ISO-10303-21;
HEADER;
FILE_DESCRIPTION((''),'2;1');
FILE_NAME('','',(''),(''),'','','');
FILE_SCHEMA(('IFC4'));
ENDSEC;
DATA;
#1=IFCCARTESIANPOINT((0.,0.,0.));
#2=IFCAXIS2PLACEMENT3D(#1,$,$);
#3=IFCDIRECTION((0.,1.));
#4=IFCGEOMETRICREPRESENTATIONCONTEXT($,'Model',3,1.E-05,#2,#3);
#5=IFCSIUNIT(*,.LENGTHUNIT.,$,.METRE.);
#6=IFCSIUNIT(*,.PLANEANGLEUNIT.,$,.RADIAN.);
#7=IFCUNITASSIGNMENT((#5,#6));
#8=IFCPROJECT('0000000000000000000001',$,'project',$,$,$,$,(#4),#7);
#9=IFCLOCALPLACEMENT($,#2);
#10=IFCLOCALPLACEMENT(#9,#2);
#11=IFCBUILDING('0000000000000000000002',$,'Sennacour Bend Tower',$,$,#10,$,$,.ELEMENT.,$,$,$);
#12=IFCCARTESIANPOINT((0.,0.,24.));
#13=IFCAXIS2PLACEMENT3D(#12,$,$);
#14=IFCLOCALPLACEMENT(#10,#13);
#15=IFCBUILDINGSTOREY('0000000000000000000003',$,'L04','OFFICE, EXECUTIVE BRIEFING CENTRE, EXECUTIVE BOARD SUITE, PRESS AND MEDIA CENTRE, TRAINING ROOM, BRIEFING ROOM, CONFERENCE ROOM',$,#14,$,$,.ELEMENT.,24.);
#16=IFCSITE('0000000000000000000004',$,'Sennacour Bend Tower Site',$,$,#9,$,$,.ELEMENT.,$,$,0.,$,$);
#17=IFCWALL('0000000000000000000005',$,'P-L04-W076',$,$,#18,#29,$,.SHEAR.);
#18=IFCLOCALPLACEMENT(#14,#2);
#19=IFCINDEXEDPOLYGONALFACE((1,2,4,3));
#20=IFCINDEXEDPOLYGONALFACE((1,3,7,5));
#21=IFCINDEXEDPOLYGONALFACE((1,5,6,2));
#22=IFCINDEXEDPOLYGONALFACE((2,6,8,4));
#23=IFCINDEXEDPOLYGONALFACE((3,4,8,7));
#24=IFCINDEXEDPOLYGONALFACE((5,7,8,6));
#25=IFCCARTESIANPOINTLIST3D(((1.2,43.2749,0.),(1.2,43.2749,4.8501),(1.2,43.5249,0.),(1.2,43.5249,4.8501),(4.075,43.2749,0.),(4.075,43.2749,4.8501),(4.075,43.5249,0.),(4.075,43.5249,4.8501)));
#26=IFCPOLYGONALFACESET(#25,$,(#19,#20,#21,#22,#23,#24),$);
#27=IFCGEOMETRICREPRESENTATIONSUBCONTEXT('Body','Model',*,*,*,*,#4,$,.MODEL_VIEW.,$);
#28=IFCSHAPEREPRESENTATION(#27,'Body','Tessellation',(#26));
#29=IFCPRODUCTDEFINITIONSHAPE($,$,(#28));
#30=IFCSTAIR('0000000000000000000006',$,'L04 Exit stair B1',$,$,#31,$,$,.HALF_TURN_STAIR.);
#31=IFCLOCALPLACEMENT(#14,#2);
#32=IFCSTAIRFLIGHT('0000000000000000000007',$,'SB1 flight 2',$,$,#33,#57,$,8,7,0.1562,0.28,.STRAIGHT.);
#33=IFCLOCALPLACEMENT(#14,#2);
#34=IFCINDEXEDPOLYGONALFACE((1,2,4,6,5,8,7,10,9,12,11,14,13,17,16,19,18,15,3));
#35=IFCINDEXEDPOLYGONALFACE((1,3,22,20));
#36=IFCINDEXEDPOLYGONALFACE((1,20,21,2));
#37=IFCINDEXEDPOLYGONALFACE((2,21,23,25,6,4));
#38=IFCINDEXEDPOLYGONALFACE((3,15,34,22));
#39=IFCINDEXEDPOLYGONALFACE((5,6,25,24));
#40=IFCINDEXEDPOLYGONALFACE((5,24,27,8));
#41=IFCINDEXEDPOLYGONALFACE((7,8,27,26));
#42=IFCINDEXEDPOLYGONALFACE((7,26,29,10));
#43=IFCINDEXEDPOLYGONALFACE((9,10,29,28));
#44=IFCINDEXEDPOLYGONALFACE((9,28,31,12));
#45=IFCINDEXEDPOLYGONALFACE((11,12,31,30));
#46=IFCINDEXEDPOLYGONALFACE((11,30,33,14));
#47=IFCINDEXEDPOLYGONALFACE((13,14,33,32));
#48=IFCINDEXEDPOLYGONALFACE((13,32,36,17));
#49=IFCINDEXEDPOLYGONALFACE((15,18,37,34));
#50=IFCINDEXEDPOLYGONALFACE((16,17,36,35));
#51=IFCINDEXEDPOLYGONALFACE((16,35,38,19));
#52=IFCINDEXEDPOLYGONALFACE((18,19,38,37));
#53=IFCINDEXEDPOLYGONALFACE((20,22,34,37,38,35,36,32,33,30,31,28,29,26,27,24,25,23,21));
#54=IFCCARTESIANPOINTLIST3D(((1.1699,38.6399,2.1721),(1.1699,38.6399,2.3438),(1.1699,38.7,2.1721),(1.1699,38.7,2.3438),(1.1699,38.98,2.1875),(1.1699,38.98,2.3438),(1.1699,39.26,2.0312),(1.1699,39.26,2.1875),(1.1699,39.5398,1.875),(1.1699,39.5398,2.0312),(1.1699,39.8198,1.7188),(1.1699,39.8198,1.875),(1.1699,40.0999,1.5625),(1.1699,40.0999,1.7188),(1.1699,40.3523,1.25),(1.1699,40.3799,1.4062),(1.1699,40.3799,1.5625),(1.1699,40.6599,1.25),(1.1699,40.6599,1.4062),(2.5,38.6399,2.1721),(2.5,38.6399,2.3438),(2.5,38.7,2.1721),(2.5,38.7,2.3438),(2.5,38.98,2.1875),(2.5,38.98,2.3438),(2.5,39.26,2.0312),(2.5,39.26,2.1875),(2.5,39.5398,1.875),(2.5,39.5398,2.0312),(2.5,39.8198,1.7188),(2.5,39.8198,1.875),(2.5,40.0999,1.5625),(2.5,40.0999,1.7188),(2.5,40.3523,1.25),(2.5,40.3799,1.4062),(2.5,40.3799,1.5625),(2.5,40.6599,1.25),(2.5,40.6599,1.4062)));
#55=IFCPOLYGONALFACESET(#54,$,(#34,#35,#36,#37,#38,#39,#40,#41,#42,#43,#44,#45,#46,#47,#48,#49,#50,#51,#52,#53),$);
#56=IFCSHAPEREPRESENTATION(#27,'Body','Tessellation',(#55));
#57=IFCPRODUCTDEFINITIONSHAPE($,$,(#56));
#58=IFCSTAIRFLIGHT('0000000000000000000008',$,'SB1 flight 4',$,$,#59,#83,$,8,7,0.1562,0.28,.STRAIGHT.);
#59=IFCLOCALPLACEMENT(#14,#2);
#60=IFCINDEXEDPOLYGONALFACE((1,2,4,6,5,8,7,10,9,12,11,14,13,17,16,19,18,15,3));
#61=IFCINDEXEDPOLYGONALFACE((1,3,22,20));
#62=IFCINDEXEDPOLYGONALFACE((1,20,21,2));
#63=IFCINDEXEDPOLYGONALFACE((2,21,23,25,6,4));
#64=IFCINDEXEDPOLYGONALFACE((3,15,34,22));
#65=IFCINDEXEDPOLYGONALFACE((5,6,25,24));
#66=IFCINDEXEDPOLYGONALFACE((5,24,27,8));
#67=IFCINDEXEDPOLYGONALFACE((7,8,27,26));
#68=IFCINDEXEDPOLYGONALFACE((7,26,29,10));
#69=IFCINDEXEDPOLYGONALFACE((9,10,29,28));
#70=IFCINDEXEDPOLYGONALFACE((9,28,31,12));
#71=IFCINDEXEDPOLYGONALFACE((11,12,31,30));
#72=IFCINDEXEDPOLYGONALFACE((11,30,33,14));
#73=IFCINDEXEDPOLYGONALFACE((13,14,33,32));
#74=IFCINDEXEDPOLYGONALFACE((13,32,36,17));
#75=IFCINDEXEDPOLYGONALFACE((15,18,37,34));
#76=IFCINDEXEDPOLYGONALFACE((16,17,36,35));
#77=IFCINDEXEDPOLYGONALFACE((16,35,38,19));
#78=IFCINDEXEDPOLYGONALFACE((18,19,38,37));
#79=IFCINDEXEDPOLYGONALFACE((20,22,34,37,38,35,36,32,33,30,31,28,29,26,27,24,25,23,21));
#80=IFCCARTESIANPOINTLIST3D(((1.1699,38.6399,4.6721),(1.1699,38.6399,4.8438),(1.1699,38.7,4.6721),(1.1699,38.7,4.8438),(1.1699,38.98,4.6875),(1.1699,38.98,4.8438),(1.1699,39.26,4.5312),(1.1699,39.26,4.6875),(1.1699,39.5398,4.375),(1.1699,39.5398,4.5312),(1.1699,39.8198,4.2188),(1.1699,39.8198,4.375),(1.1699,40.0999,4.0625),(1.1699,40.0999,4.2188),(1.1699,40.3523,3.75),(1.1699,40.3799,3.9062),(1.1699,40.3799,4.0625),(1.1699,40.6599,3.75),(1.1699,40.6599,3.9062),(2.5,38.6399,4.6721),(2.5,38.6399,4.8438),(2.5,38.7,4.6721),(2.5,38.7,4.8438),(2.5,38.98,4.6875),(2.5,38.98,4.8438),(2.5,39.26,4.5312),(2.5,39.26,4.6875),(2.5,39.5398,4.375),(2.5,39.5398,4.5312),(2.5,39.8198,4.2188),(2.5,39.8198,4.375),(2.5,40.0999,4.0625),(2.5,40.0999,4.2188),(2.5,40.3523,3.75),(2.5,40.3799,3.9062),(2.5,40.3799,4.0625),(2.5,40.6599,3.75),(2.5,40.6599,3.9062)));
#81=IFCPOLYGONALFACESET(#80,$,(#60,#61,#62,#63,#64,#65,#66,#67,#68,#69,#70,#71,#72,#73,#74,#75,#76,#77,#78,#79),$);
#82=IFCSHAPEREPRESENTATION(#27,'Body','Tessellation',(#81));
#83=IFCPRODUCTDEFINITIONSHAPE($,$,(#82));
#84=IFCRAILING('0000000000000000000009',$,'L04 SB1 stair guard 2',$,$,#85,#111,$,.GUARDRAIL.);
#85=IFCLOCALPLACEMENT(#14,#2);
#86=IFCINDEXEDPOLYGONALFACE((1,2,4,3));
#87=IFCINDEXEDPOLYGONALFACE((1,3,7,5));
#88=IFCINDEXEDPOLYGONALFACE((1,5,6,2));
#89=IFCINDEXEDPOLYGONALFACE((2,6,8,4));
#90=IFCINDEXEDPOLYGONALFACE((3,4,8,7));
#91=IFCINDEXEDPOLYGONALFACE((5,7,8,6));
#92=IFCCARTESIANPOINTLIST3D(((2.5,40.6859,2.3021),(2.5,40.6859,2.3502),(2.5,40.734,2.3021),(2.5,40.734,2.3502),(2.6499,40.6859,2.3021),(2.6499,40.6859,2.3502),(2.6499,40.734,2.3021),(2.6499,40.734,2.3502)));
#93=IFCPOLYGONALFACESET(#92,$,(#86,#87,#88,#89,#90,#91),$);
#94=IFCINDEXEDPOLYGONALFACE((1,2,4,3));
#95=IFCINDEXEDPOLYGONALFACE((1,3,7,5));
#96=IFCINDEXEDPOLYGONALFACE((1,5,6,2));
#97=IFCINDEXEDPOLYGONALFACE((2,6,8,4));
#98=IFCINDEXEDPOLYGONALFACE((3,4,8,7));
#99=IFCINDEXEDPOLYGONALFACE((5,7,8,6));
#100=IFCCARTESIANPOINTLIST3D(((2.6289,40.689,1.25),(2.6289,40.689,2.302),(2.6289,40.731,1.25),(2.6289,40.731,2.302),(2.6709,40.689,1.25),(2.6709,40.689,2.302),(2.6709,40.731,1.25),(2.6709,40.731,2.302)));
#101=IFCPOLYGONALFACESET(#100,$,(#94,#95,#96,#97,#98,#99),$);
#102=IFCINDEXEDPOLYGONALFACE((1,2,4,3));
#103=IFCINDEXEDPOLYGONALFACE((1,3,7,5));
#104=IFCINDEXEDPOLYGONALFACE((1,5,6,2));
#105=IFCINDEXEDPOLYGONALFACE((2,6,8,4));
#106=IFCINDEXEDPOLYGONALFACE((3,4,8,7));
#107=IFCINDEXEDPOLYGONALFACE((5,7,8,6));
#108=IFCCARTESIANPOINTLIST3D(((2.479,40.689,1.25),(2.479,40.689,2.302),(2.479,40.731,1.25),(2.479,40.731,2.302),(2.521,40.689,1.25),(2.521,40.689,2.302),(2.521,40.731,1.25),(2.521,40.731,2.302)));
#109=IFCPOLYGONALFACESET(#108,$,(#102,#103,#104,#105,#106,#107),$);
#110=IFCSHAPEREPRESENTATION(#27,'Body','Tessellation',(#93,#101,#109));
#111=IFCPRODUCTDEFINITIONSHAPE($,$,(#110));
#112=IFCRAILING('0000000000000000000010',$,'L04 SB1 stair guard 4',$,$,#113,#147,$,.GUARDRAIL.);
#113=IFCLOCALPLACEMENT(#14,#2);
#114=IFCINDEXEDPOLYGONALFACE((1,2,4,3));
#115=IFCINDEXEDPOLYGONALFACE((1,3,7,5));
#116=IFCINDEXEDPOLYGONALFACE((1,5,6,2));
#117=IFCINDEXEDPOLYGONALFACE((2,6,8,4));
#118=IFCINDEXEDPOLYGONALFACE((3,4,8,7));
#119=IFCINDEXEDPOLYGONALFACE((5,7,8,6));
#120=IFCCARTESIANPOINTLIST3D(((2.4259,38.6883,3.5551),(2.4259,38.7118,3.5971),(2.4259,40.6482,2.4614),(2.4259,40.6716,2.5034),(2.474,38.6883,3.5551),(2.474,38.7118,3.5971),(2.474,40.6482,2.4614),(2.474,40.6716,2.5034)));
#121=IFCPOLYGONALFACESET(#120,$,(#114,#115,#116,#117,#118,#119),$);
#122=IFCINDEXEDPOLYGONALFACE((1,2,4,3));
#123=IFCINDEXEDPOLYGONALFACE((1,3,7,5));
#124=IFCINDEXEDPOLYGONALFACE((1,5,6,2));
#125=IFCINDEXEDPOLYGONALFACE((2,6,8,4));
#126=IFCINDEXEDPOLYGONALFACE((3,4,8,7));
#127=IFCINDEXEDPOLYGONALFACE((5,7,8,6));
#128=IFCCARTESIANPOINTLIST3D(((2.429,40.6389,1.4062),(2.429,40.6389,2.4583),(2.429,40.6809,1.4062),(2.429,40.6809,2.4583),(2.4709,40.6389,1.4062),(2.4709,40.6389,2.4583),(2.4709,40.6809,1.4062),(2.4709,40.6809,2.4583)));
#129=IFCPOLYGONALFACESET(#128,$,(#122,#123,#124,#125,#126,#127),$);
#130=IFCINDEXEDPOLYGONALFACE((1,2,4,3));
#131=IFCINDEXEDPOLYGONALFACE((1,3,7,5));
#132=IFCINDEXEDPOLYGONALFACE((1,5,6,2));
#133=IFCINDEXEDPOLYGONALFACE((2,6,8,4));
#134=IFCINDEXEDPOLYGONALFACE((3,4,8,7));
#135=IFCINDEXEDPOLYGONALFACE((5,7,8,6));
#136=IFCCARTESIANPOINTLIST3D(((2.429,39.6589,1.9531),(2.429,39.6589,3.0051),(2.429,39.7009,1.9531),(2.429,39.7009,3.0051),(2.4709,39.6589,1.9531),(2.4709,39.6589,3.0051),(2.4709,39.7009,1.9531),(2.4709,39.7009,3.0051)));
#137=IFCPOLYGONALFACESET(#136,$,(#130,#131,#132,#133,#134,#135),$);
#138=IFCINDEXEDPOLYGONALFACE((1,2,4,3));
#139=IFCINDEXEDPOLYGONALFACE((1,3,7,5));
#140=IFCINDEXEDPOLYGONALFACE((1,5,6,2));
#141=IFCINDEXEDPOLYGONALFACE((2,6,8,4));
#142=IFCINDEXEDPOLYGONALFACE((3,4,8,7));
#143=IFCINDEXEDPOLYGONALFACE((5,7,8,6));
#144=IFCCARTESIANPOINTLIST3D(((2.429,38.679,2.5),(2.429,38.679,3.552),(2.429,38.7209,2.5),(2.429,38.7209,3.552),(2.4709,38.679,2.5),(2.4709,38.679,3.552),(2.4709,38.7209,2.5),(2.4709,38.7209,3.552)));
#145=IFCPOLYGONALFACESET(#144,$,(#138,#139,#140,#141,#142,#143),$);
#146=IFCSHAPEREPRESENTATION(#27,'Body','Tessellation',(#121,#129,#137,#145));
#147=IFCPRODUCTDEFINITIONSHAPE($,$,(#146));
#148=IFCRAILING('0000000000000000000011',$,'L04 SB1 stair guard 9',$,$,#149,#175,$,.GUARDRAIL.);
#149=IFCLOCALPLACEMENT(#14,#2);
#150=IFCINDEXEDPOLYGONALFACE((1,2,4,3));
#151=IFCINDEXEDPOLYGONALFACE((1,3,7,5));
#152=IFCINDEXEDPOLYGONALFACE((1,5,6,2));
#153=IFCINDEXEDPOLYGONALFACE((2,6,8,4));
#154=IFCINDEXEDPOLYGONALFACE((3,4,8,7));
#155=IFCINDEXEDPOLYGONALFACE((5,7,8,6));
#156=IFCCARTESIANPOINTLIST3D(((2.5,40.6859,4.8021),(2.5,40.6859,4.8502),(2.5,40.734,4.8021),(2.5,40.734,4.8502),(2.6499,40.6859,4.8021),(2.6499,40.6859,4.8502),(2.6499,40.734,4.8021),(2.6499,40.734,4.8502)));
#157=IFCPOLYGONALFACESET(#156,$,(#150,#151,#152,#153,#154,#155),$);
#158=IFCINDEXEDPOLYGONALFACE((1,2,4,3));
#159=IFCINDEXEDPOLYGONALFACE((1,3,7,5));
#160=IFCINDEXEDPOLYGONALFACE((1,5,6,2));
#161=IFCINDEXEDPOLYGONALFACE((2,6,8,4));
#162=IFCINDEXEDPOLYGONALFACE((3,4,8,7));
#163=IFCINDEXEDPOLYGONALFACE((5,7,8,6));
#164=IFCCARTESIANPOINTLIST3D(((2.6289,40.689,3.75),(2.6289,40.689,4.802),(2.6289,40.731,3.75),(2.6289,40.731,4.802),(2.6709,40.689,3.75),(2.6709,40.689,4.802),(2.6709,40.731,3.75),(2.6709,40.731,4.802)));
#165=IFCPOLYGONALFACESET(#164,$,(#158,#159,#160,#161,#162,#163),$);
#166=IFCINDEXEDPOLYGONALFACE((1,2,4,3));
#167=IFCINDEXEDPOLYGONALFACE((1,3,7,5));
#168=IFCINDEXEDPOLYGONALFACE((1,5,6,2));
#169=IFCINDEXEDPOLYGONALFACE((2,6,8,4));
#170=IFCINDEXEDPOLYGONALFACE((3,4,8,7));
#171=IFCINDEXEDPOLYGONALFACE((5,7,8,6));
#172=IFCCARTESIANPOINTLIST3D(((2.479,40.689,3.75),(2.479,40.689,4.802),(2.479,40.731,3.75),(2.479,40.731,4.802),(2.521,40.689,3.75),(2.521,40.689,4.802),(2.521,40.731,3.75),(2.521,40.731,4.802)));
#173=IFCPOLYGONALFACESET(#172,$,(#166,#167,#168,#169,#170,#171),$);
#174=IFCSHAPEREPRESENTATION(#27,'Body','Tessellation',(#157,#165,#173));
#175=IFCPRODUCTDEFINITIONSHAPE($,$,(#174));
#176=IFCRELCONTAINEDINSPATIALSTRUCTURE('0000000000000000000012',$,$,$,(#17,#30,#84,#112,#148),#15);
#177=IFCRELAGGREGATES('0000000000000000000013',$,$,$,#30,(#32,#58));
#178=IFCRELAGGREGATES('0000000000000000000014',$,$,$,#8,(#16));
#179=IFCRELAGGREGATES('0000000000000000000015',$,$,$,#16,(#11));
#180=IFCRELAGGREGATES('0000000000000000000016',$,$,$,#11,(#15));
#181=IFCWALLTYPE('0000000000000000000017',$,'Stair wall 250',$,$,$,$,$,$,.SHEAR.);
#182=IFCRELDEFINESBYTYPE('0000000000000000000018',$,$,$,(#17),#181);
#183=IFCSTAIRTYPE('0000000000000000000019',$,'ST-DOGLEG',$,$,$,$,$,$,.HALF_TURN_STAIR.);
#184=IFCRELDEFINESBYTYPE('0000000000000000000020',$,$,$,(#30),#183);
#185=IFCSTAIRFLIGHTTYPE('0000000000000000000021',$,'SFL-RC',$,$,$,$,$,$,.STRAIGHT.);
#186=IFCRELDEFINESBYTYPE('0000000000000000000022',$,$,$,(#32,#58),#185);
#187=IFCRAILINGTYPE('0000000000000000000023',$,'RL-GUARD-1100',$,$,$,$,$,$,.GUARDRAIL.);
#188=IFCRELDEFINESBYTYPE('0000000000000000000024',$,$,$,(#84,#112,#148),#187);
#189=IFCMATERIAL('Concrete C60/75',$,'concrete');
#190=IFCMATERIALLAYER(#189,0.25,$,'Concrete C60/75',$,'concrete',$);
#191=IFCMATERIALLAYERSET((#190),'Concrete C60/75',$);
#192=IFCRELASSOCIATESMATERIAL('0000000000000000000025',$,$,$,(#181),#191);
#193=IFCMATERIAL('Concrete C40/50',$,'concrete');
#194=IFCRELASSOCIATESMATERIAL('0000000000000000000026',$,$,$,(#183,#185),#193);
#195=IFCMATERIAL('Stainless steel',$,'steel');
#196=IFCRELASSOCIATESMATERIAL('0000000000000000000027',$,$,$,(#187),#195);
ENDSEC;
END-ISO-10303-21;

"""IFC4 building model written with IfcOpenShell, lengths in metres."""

from ifc_helpers import new_model, si_unit, direction, frame, frame_2d, origin, origin_2d, place, context, subcontext, project, spatial, polyline, rectangle, outline, extrude, material, layer, layer_set, type_object, element, aggregate, save


model = new_model("IFC4")

# Units and contexts
model_context = context("Model", 3, precision=1e-05, world=origin(), true_north=direction((0.0, 1.0)))
body_context = subcontext(model_context, "Body", "Model", "MODEL_VIEW")
ifc_project = project(units=[si_unit("LENGTHUNIT", "METRE"), si_unit("PLANEANGLEUNIT", "RADIAN")], contexts=[model_context])

# Site, building, storey
site_placement = place(None, origin())
site = spatial("IfcSite", under=ifc_project, at=site_placement, Name="Sennacour Bend Tower Site", CompositionType="ELEMENT", RefElevation=0.0)
building_placement = place(site_placement, origin())
building = spatial("IfcBuilding", under=site, at=building_placement, Name="Sennacour Bend Tower", CompositionType="ELEMENT")
storey_placement = place(building_placement, frame((0.0, 0.0, 24.0)))
storey = spatial("IfcBuildingStorey", under=building, at=storey_placement, Name="L04", Description="OFFICE, EXECUTIVE BRIEFING CENTRE, EXECUTIVE BOARD SUITE, PRESS AND MEDIA CENTRE, TRAINING ROOM, BRIEFING ROOM, CONFERENCE ROOM", CompositionType="ELEMENT", Elevation=24.0)

# Shared definitions
ifc_material_1 = material(Name="Concrete C60/75", Category="concrete")

# Wall
ifc_layer_1 = layer(ifc_material_1, 0.25, Name="Concrete C60/75", Category="concrete")
ifc_layer_set_1 = layer_set([ifc_layer_1], Name="Concrete C60/75")
wall_type_1 = type_object("IfcWallType", Name="Stair wall 250", PredefinedType="SHEAR", material=ifc_layer_set_1)
wall_1_placement = place(storey_placement, frame((1.2, 43.3999, 0.0), z_axis=(0.0, 0.0, 1.0), x_axis=(1.0, 0.0, 0.0)))
element("IfcWall", 1, at=wall_1_placement, inside=storey, type_object=wall_type_1, Name="P-L04-W076", PredefinedType="SHEAR", context=body_context, shape_type="SweptSolid", body=[
    extrude(rectangle(XDim=2.875, YDim=0.25, at=frame_2d((1.4375, 0.0))), origin(), (0.0, 0.0, 1.0), 4.8501),
])

# Stair, stair flights
ifc_material_2 = material(Name="Concrete C40/50", Category="concrete")
stair_type = type_object("IfcStairType", Name="ST-DOGLEG", PredefinedType="HALF_TURN_STAIR", material=ifc_material_2)
stair_placement = place(storey_placement, origin())
stair = element("IfcStair", 2, at=stair_placement, inside=storey, type_object=stair_type, Name="L04 Exit stair B1", PredefinedType="HALF_TURN_STAIR")
stair_flight_type = type_object("IfcStairFlightType", Name="SFL-RC", PredefinedType="STRAIGHT", material=ifc_material_2)
stair_flight_1_placement = place(storey_placement, frame((1.835, 40.6599, 1.25), z_axis=(0.0, 0.0, 1.0), x_axis=(0.0, -1.0, 0.0)))
stair_flight_1 = element("IfcStairFlight", 3, at=stair_flight_1_placement, type_object=stair_flight_type, Name="SB1 flight 2", NumberOfRisers=8, NumberOfTreads=7, PredefinedType="STRAIGHT", RiserHeight=0.1562, TreadLength=0.28, context=body_context, shape_type="SweptSolid", body=[
    extrude(outline(polyline([(0.0, 0.0), (0.0, 0.1562), (0.28, 0.1562), (0.28, 0.3125), (0.5601, 0.3125), (0.5601, 0.4688), (0.8401, 0.4688), (0.8401, 0.625), (1.1201, 0.625), (1.1201, 0.7812), (1.3999, 0.7812), (1.3999, 0.9375), (1.6799, 0.9375), (1.6799, 1.0938), (1.96, 1.0938), (2.02, 1.0938), (2.02, 0.9221), (1.96, 0.9221), (0.3076, 0.0), (0.0, 0.0)])), frame((0.0, 0.665, 0.0), z_axis=(0.0, -1.0, 0.0), x_axis=(1.0, 0.0, 0.0)), (0.0, 0.0, 1.0), 1.3301),
])
stair_flight_2_placement = place(storey_placement, frame((1.835, 40.6599, 3.75), z_axis=(0.0, 0.0, 1.0), x_axis=(0.0, -1.0, 0.0)))
stair_flight_2 = element("IfcStairFlight", 4, at=stair_flight_2_placement, type_object=stair_flight_type, Name="SB1 flight 4", NumberOfRisers=8, NumberOfTreads=7, PredefinedType="STRAIGHT", RiserHeight=0.1562, TreadLength=0.28, context=body_context, shape_type="SweptSolid", body=[
    extrude(outline(polyline([(0.0, 0.0), (0.0, 0.1562), (0.28, 0.1562), (0.28, 0.3125), (0.5601, 0.3125), (0.5601, 0.4688), (0.8401, 0.4688), (0.8401, 0.625), (1.1201, 0.625), (1.1201, 0.7812), (1.3999, 0.7812), (1.3999, 0.9375), (1.6799, 0.9375), (1.6799, 1.0938), (1.96, 1.0938), (2.02, 1.0938), (2.02, 0.9221), (1.96, 0.9221), (0.3076, 0.0), (0.0, 0.0)])), frame((0.0, 0.665, 0.0), z_axis=(0.0, -1.0, 0.0), x_axis=(1.0, 0.0, 0.0)), (0.0, 0.0, 1.0), 1.3301),
])
aggregate(stair, [stair_flight_1, stair_flight_2])

# Railings
ifc_material_3 = material(Name="Stainless steel", Category="steel")
railing_type_1 = type_object("IfcRailingType", Name="RL-GUARD-1100", PredefinedType="GUARDRAIL", material=ifc_material_3)
railing_1_placement = place(storey_placement, frame((2.6499, 40.71, 1.25)))
element("IfcRailing", 5, at=railing_1_placement, inside=storey, type_object=railing_type_1, Name="L04 SB1 stair guard 2", PredefinedType="GUARDRAIL", context=body_context, shape_type="SweptSolid", body=[
    extrude(rectangle(XDim=0.0481, YDim=0.0481, at=origin_2d()), frame((0.0, 0.0, 1.0762), z_axis=(-1.0, 0.0, 0.0), x_axis=(0.0, -1.0, 0.0)), (0.0, 0.0, 1.0), 0.1499),
    extrude(rectangle(XDim=0.042, YDim=0.042, at=origin_2d()), origin(), (0.0, 0.0, 1.0), 1.052),
    extrude(rectangle(XDim=0.042, YDim=0.042, at=origin_2d()), frame((-0.1499, 0.0, 0.0)), (0.0, 0.0, 1.0), 1.052),
])
railing_2_placement = place(storey_placement, frame((2.45, 40.6599, 1.4062)))
element("IfcRailing", 6, at=railing_2_placement, inside=storey, type_object=railing_type_1, Name="L04 SB1 stair guard 4", PredefinedType="GUARDRAIL", context=body_context, shape_type="SweptSolid", body=[
    extrude(rectangle(XDim=0.0481, YDim=0.0481, at=origin_2d()), frame((0.0, 0.0, 1.0762), z_axis=(0.0, -0.873232, 0.487304), x_axis=(1.0, 0.0, 0.0)), (0.0, 0.0, 1.0), 2.2444),
    extrude(rectangle(XDim=0.042, YDim=0.042, at=origin_2d()), origin(), (0.0, 0.0, 1.0), 1.052),
    extrude(rectangle(XDim=0.042, YDim=0.042, at=origin_2d()), frame((0.0, -0.98, 0.5469)), (0.0, 0.0, 1.0), 1.052),
    extrude(rectangle(XDim=0.042, YDim=0.042, at=origin_2d()), frame((0.0, -1.96, 1.0938)), (0.0, 0.0, 1.0), 1.052),
])
railing_3_placement = place(storey_placement, frame((2.6499, 40.71, 3.75)))
element("IfcRailing", 7, at=railing_3_placement, inside=storey, type_object=railing_type_1, Name="L04 SB1 stair guard 9", PredefinedType="GUARDRAIL", context=body_context, shape_type="SweptSolid", body=[
    extrude(rectangle(XDim=0.0481, YDim=0.0481, at=origin_2d()), frame((0.0, 0.0, 1.0762), z_axis=(-1.0, 0.0, 0.0), x_axis=(0.0, -1.0, 0.0)), (0.0, 0.0, 1.0), 0.1499),
    extrude(rectangle(XDim=0.042, YDim=0.042, at=origin_2d()), origin(), (0.0, 0.0, 1.0), 1.052),
    extrude(rectangle(XDim=0.042, YDim=0.042, at=origin_2d()), frame((-0.1499, 0.0, 0.0)), (0.0, 0.0, 1.0), 1.052),
])

save(model, "model.ifc")
